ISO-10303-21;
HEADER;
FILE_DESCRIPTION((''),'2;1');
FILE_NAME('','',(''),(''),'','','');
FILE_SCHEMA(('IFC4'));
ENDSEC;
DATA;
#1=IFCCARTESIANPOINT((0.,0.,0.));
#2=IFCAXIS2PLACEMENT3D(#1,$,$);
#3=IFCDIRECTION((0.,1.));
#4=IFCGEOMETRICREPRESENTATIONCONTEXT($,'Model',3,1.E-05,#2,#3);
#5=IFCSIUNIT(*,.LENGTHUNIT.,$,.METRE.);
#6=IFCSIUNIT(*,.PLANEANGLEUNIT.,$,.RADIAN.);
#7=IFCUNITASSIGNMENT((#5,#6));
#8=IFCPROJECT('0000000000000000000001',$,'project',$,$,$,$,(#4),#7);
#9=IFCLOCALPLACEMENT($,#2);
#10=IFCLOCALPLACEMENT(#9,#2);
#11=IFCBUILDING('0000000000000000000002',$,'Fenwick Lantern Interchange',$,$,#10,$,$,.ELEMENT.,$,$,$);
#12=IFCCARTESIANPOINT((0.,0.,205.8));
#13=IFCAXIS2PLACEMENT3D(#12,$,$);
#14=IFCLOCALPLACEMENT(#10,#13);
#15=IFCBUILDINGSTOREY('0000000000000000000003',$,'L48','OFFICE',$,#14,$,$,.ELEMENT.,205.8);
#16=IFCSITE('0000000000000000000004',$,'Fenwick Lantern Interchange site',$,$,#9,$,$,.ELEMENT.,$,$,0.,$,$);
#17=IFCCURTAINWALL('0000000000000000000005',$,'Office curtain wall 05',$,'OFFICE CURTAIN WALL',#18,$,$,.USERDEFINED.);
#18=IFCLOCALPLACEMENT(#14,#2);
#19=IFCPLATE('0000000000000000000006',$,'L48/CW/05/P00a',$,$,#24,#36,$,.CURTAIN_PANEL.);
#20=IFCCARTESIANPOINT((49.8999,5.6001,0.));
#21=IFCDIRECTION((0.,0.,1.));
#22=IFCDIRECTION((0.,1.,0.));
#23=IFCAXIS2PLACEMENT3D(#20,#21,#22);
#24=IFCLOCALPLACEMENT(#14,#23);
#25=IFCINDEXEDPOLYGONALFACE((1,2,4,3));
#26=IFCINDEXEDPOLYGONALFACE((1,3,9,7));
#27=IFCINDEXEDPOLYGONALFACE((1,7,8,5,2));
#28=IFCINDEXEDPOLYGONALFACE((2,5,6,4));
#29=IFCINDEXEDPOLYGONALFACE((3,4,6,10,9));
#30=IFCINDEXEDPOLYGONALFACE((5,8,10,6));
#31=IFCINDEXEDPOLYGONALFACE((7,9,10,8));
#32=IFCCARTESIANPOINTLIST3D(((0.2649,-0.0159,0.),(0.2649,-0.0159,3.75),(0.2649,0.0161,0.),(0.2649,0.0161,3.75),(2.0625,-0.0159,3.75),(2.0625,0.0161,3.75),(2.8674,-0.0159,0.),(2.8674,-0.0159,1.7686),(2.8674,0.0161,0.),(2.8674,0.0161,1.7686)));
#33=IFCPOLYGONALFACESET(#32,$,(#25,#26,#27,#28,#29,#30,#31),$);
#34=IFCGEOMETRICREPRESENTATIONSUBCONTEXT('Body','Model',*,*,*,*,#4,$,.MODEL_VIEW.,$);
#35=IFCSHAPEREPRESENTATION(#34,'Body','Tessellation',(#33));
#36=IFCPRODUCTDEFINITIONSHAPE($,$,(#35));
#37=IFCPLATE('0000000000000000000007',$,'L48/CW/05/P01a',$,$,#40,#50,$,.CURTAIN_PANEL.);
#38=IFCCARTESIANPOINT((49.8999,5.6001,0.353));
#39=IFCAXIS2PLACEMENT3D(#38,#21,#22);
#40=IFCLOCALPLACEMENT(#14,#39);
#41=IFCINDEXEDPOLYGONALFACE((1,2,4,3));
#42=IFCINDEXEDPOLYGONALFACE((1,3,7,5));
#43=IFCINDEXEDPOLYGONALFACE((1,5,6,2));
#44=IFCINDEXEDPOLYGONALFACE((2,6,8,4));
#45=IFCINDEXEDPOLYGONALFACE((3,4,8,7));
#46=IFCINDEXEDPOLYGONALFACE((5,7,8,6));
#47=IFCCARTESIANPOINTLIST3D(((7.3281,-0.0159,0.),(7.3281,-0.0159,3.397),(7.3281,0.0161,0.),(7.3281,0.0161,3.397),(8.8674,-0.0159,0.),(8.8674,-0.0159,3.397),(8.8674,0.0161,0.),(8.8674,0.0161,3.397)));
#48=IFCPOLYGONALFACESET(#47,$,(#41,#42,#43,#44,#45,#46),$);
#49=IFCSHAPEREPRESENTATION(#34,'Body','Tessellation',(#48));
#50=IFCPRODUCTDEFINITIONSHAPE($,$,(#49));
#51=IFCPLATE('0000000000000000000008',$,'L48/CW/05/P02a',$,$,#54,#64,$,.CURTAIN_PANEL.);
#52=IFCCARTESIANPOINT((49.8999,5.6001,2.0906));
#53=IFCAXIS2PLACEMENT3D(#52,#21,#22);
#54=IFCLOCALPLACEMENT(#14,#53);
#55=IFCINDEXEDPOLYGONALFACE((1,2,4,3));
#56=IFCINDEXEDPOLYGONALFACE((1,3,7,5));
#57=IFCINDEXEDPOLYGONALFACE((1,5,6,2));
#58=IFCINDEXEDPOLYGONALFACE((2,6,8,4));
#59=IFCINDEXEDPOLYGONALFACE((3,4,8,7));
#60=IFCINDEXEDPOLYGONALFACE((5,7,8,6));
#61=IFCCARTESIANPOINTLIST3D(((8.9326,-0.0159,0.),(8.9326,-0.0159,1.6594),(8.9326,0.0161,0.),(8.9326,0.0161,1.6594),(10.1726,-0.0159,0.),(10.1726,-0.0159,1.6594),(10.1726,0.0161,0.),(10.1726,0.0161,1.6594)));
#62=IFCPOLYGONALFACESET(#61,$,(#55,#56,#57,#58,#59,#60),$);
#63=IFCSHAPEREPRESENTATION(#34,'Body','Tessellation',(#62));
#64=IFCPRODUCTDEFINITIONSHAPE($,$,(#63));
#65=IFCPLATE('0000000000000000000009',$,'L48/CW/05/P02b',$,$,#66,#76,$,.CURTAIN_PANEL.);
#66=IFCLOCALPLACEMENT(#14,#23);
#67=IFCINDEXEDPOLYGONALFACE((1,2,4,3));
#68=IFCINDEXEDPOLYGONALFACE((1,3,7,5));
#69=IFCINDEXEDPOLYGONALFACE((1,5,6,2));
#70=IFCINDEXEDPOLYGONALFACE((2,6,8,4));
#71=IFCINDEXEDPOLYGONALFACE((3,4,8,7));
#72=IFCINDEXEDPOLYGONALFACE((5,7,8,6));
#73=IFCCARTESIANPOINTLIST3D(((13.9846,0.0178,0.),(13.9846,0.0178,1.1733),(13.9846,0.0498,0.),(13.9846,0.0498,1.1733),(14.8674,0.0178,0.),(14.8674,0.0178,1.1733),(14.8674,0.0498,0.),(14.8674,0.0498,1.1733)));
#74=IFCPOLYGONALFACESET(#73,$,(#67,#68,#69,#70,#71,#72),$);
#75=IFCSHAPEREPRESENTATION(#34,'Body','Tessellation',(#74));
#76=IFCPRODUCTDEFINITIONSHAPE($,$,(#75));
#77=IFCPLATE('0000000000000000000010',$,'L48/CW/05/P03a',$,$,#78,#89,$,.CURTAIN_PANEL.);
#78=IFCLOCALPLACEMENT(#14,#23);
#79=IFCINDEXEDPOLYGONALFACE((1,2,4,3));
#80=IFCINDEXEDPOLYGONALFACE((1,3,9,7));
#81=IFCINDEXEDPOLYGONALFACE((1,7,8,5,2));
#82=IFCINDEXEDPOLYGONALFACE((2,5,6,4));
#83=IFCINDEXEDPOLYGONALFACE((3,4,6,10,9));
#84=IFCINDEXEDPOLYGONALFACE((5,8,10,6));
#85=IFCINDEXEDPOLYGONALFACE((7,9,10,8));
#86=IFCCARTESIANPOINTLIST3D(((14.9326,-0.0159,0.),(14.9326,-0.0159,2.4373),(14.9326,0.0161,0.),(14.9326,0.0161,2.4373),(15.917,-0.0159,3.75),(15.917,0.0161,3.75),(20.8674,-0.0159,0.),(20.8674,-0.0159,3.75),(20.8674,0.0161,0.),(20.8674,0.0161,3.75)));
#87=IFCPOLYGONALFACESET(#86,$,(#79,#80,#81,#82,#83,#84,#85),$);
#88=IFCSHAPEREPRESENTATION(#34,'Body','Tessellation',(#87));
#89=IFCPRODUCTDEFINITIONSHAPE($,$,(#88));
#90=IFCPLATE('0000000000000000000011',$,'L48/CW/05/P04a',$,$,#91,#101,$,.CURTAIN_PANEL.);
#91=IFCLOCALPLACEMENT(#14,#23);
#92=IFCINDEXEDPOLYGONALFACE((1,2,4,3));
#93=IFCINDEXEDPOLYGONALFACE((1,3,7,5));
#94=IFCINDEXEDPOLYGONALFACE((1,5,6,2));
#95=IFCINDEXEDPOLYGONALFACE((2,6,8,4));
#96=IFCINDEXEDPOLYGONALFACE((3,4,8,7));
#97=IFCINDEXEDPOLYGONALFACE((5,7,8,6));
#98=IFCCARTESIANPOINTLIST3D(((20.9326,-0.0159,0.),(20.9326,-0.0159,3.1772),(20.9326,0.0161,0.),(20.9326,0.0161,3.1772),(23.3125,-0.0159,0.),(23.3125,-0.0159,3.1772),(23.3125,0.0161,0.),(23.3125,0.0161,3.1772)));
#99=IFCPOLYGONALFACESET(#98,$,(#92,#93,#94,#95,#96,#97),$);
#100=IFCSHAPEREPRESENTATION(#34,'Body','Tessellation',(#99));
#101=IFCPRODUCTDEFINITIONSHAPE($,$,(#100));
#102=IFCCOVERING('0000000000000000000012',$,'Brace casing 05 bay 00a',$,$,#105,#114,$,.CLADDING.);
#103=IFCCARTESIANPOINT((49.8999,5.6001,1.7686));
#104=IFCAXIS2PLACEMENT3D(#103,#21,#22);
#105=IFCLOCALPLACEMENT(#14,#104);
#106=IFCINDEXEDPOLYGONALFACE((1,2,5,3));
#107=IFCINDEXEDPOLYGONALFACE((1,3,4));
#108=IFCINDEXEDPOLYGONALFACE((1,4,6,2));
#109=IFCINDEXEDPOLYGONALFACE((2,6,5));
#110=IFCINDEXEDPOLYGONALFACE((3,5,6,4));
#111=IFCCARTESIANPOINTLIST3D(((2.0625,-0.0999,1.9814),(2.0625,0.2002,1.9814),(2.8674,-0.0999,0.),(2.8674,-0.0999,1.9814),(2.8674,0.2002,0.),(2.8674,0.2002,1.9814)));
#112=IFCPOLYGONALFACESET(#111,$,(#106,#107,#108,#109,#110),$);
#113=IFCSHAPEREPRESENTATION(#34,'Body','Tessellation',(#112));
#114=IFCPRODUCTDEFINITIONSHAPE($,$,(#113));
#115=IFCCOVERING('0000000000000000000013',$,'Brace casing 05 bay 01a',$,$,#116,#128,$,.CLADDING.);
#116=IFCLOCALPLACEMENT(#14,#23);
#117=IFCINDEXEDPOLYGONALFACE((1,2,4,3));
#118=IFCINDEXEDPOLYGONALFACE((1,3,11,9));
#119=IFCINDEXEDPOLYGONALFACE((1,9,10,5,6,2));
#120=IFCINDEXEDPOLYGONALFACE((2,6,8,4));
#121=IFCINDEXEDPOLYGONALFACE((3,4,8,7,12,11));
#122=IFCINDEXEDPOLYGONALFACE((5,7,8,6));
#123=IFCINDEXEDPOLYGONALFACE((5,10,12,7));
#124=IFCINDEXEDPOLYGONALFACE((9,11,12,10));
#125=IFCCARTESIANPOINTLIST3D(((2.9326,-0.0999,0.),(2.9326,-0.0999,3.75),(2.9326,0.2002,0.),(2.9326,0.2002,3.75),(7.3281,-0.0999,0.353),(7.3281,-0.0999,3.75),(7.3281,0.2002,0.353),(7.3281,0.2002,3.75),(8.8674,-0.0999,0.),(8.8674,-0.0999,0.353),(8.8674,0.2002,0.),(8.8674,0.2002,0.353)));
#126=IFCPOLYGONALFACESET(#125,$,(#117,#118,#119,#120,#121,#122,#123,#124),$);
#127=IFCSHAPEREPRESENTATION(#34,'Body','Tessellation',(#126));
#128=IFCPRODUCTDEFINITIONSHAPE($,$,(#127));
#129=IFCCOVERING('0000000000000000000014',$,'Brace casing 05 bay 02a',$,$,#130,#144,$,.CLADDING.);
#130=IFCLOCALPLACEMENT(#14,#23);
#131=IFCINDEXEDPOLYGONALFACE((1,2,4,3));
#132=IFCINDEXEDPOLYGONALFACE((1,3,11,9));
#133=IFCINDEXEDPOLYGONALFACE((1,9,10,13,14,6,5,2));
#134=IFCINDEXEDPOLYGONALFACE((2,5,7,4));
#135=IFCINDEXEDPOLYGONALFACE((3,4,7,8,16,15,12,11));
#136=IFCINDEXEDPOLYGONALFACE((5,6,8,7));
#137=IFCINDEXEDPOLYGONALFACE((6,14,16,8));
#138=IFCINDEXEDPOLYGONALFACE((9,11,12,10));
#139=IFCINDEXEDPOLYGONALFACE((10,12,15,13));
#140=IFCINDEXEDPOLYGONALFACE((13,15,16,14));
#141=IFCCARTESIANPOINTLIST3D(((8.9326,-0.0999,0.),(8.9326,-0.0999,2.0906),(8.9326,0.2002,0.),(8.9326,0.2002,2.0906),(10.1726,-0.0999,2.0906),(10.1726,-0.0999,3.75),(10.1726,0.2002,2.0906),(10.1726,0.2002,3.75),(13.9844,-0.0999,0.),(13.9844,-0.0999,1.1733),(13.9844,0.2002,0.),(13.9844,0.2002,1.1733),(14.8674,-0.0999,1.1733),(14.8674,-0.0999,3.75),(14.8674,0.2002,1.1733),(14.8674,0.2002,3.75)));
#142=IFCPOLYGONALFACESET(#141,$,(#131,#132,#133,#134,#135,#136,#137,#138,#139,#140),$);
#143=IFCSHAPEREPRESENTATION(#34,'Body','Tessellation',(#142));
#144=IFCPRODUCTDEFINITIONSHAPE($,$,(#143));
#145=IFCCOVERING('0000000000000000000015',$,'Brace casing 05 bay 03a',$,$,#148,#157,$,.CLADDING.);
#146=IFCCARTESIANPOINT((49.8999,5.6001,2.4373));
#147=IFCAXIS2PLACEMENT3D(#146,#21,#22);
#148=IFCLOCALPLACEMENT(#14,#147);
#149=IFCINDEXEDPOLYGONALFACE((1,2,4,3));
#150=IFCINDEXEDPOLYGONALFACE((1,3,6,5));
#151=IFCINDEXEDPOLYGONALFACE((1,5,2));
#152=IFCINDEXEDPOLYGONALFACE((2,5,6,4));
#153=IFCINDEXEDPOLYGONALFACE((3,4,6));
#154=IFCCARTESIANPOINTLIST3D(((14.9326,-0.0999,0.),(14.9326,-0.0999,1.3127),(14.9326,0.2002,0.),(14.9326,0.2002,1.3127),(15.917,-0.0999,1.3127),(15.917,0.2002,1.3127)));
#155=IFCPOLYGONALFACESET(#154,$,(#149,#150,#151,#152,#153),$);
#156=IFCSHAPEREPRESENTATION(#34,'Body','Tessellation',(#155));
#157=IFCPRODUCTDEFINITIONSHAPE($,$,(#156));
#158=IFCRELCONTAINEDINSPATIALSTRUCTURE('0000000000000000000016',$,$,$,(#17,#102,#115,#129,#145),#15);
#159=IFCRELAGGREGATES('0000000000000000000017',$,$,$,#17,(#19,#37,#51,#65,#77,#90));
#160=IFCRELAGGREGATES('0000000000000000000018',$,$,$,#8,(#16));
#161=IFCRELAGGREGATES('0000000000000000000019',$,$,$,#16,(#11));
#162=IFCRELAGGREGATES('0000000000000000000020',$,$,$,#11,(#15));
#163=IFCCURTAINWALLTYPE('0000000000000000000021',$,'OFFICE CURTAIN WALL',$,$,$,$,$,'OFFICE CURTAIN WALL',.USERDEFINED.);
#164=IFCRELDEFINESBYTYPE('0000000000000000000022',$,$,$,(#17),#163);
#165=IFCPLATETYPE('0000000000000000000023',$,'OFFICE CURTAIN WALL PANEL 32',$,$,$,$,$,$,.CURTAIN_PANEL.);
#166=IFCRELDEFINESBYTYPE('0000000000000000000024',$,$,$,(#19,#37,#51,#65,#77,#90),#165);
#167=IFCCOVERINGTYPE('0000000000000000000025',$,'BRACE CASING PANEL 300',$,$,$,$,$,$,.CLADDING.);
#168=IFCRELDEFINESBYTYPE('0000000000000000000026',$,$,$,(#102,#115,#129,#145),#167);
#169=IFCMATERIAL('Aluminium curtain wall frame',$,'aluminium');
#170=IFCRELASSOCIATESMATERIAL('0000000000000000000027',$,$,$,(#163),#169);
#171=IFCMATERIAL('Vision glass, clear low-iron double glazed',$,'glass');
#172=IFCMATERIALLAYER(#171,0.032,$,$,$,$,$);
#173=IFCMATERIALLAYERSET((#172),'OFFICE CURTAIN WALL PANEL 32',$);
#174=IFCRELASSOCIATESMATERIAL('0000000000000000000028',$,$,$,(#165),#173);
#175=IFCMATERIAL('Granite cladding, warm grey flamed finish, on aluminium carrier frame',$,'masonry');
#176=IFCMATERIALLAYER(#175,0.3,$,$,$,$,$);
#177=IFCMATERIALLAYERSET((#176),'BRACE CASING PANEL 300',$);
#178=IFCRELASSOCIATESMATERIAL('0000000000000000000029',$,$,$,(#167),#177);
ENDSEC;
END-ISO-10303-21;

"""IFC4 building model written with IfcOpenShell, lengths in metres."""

from ifc_helpers import new_model, si_unit, direction, frame, origin, place, context, subcontext, project, spatial, polyline, outline, extrude, material, layer, layer_set, type_object, element, aggregate, save


model = new_model("IFC4")

# Units and contexts
model_context = context("Model", 3, precision=1e-05, world=origin(), true_north=direction((0.0, 1.0)))
body_context = subcontext(model_context, "Body", "Model", "MODEL_VIEW")
ifc_project = project(units=[si_unit("LENGTHUNIT", "METRE"), si_unit("PLANEANGLEUNIT", "RADIAN")], contexts=[model_context])

# Site, building, storey
site_placement = place(None, origin())
site = spatial("IfcSite", under=ifc_project, at=site_placement, Name="Fenwick Lantern Interchange site", CompositionType="ELEMENT", RefElevation=0.0)
building_placement = place(site_placement, origin())
building = spatial("IfcBuilding", under=site, at=building_placement, Name="Fenwick Lantern Interchange", CompositionType="ELEMENT")
storey_placement = place(building_placement, frame((0.0, 0.0, 205.8)))
storey = spatial("IfcBuildingStorey", under=building, at=storey_placement, Name="L48", Description="OFFICE", CompositionType="ELEMENT", Elevation=205.8)

# Shared definitions
ifc_material_1 = material(Name="Aluminium curtain wall frame", Category="aluminium")
curtain_wall_type = type_object("IfcCurtainWallType", Name="OFFICE CURTAIN WALL", ElementType="OFFICE CURTAIN WALL", PredefinedType="USERDEFINED", material=ifc_material_1)

# Shared definitions
ifc_material_2 = material(Name="Vision glass, clear low-iron double glazed", Category="glass")
ifc_layer_1 = layer(ifc_material_2, 0.032)
ifc_layer_set_1 = layer_set([ifc_layer_1], Name="OFFICE CURTAIN WALL PANEL 32")
plate_type = type_object("IfcPlateType", Name="OFFICE CURTAIN WALL PANEL 32", PredefinedType="CURTAIN_PANEL", material=ifc_layer_set_1)

# Curtain wall, plates
curtain_wall_1_placement = place(storey_placement, origin())
curtain_wall_1 = element("IfcCurtainWall", 1, at=curtain_wall_1_placement, inside=storey, type_object=curtain_wall_type, Name="Office curtain wall 05", ObjectType="OFFICE CURTAIN WALL", PredefinedType="USERDEFINED")
plate_1_placement = place(storey_placement, frame((49.8999, 5.6001, 0.0), z_axis=(0.0, 0.0, 1.0), x_axis=(0.0, 1.0, 0.0)))
plate_1 = element("IfcPlate", 2, at=plate_1_placement, type_object=plate_type, Name="L48/CW/05/P00a", PredefinedType="CURTAIN_PANEL", context=body_context, shape_type="SweptSolid", body=[
    extrude(outline(polyline([(0.2649, 0.0), (2.8674, 0.0), (2.8674, 1.7686), (2.0625, 3.75), (0.2649, 3.75), (0.2649, 0.0)])), frame((0.0, 0.0161, 0.0), z_axis=(0.0, -1.0, 0.0), x_axis=(1.0, 0.0, 0.0)), (0.0, 0.0, 1.0), 0.032),
])
plate_2_placement = place(storey_placement, frame((49.8999, 5.6001, 0.353), z_axis=(0.0, 0.0, 1.0), x_axis=(0.0, 1.0, 0.0)))
plate_2 = element("IfcPlate", 3, at=plate_2_placement, type_object=plate_type, Name="L48/CW/05/P01a", PredefinedType="CURTAIN_PANEL", context=body_context, shape_type="SweptSolid", body=[
    extrude(outline(polyline([(7.3281, 0.0), (8.8674, 0.0), (8.8674, 3.397), (7.3281, 3.397), (7.3281, 0.0)])), frame((0.0, 0.0161, 0.0), z_axis=(0.0, -1.0, 0.0), x_axis=(1.0, 0.0, 0.0)), (0.0, 0.0, 1.0), 0.032),
])
plate_3_placement = place(storey_placement, frame((49.8999, 5.6001, 2.0906), z_axis=(0.0, 0.0, 1.0), x_axis=(0.0, 1.0, 0.0)))
plate_3 = element("IfcPlate", 4, at=plate_3_placement, type_object=plate_type, Name="L48/CW/05/P02a", PredefinedType="CURTAIN_PANEL", context=body_context, shape_type="SweptSolid", body=[
    extrude(outline(polyline([(8.9326, 0.0), (10.1726, 0.0), (10.1726, 1.6594), (8.9326, 1.6594), (8.9326, 0.0)])), frame((0.0, 0.0161, 0.0), z_axis=(0.0, -1.0, 0.0), x_axis=(1.0, 0.0, 0.0)), (0.0, 0.0, 1.0), 0.032),
])
plate_4_placement = place(storey_placement, frame((49.8999, 5.6001, 0.0), z_axis=(0.0, 0.0, 1.0), x_axis=(0.0, 1.0, 0.0)))
plate_4 = element("IfcPlate", 5, at=plate_4_placement, type_object=plate_type, Name="L48/CW/05/P02b", PredefinedType="CURTAIN_PANEL", context=body_context, shape_type="SweptSolid", body=[
    extrude(outline(polyline([(13.9846, 0.0), (14.8674, 0.0), (14.8674, 1.1733), (13.9846, 1.1733), (13.9846, 0.0)])), frame((0.0, 0.0498, 0.0), z_axis=(0.0, -1.0, 0.0), x_axis=(1.0, 0.0, 0.0)), (0.0, 0.0, 1.0), 0.032),
])
plate_5_placement = place(storey_placement, frame((49.8999, 5.6001, 0.0), z_axis=(0.0, 0.0, 1.0), x_axis=(0.0, 1.0, 0.0)))
plate_5 = element("IfcPlate", 6, at=plate_5_placement, type_object=plate_type, Name="L48/CW/05/P03a", PredefinedType="CURTAIN_PANEL", context=body_context, shape_type="SweptSolid", body=[
    extrude(outline(polyline([(14.9326, 0.0), (20.8674, 0.0), (20.8674, 3.75), (15.917, 3.75), (14.9326, 2.4373), (14.9326, 0.0)])), frame((0.0, 0.0161, 0.0), z_axis=(0.0, -1.0, 0.0), x_axis=(1.0, 0.0, 0.0)), (0.0, 0.0, 1.0), 0.032),
])
plate_6_placement = place(storey_placement, frame((49.8999, 5.6001, 0.0), z_axis=(0.0, 0.0, 1.0), x_axis=(0.0, 1.0, 0.0)))
plate_6 = element("IfcPlate", 7, at=plate_6_placement, type_object=plate_type, Name="L48/CW/05/P04a", PredefinedType="CURTAIN_PANEL", context=body_context, shape_type="SweptSolid", body=[
    extrude(outline(polyline([(20.9326, 0.0), (23.3125, 0.0), (23.3125, 3.1772), (20.9326, 3.1772), (20.9326, 0.0)])), frame((0.0, 0.0161, 0.0), z_axis=(0.0, -1.0, 0.0), x_axis=(1.0, 0.0, 0.0)), (0.0, 0.0, 1.0), 0.032),
])
aggregate(curtain_wall_1, [plate_1, plate_2, plate_3, plate_4, plate_5, plate_6])

# Coverings
ifc_material_3 = material(Name="Granite cladding, warm grey flamed finish, on aluminium carrier frame", Category="masonry")
ifc_layer_2 = layer(ifc_material_3, 0.3)
ifc_layer_set_2 = layer_set([ifc_layer_2], Name="BRACE CASING PANEL 300")
covering_type = type_object("IfcCoveringType", Name="BRACE CASING PANEL 300", PredefinedType="CLADDING", material=ifc_layer_set_2)
covering_1_placement = place(storey_placement, frame((49.8999, 5.6001, 1.7686), z_axis=(0.0, 0.0, 1.0), x_axis=(0.0, 1.0, 0.0)))
element("IfcCovering", 8, at=covering_1_placement, inside=storey, type_object=covering_type, Name="Brace casing 05 bay 00a", PredefinedType="CLADDING", context=body_context, shape_type="SweptSolid", body=[
    extrude(outline(polyline([(2.8674, 0.0), (2.8674, 1.9814), (2.0625, 1.9814), (2.8674, 0.0)])), frame((0.0, 0.2002, 0.0), z_axis=(0.0, -1.0, 0.0), x_axis=(1.0, 0.0, 0.0)), (0.0, 0.0, 1.0), 0.3),
])
covering_2_placement = place(storey_placement, frame((49.8999, 5.6001, 0.0), z_axis=(0.0, 0.0, 1.0), x_axis=(0.0, 1.0, 0.0)))
element("IfcCovering", 9, at=covering_2_placement, inside=storey, type_object=covering_type, Name="Brace casing 05 bay 01a", PredefinedType="CLADDING", context=body_context, shape_type="SweptSolid", body=[
    extrude(outline(polyline([(2.9326, 0.0), (8.8674, 0.0), (8.8674, 0.353), (7.3281, 0.353), (7.3281, 3.75), (2.9326, 3.75), (2.9326, 0.0)])), frame((0.0, 0.2002, 0.0), z_axis=(0.0, -1.0, 0.0), x_axis=(1.0, 0.0, 0.0)), (0.0, 0.0, 1.0), 0.3),
])
covering_3_placement = place(storey_placement, frame((49.8999, 5.6001, 0.0), z_axis=(0.0, 0.0, 1.0), x_axis=(0.0, 1.0, 0.0)))
element("IfcCovering", 10, at=covering_3_placement, inside=storey, type_object=covering_type, Name="Brace casing 05 bay 02a", PredefinedType="CLADDING", context=body_context, shape_type="SweptSolid", body=[
    extrude(outline(polyline([(8.9326, 0.0), (13.9844, 0.0), (13.9844, 1.1733), (14.8674, 1.1733), (14.8674, 3.75), (10.1726, 3.75), (10.1726, 2.0906), (8.9326, 2.0906), (8.9326, 0.0)])), frame((0.0, 0.2002, 0.0), z_axis=(0.0, -1.0, 0.0), x_axis=(1.0, 0.0, 0.0)), (0.0, 0.0, 1.0), 0.3),
])
covering_4_placement = place(storey_placement, frame((49.8999, 5.6001, 2.4373), z_axis=(0.0, 0.0, 1.0), x_axis=(0.0, 1.0, 0.0)))
element("IfcCovering", 11, at=covering_4_placement, inside=storey, type_object=covering_type, Name="Brace casing 05 bay 03a", PredefinedType="CLADDING", context=body_context, shape_type="SweptSolid", body=[
    extrude(outline(polyline([(14.9326, 0.0), (15.917, 1.3127), (14.9326, 1.3127), (14.9326, 0.0)])), frame((0.0, 0.2002, 0.0), z_axis=(0.0, -1.0, 0.0), x_axis=(1.0, 0.0, 0.0)), (0.0, 0.0, 1.0), 0.3),
])

save(model, "model.ifc")
